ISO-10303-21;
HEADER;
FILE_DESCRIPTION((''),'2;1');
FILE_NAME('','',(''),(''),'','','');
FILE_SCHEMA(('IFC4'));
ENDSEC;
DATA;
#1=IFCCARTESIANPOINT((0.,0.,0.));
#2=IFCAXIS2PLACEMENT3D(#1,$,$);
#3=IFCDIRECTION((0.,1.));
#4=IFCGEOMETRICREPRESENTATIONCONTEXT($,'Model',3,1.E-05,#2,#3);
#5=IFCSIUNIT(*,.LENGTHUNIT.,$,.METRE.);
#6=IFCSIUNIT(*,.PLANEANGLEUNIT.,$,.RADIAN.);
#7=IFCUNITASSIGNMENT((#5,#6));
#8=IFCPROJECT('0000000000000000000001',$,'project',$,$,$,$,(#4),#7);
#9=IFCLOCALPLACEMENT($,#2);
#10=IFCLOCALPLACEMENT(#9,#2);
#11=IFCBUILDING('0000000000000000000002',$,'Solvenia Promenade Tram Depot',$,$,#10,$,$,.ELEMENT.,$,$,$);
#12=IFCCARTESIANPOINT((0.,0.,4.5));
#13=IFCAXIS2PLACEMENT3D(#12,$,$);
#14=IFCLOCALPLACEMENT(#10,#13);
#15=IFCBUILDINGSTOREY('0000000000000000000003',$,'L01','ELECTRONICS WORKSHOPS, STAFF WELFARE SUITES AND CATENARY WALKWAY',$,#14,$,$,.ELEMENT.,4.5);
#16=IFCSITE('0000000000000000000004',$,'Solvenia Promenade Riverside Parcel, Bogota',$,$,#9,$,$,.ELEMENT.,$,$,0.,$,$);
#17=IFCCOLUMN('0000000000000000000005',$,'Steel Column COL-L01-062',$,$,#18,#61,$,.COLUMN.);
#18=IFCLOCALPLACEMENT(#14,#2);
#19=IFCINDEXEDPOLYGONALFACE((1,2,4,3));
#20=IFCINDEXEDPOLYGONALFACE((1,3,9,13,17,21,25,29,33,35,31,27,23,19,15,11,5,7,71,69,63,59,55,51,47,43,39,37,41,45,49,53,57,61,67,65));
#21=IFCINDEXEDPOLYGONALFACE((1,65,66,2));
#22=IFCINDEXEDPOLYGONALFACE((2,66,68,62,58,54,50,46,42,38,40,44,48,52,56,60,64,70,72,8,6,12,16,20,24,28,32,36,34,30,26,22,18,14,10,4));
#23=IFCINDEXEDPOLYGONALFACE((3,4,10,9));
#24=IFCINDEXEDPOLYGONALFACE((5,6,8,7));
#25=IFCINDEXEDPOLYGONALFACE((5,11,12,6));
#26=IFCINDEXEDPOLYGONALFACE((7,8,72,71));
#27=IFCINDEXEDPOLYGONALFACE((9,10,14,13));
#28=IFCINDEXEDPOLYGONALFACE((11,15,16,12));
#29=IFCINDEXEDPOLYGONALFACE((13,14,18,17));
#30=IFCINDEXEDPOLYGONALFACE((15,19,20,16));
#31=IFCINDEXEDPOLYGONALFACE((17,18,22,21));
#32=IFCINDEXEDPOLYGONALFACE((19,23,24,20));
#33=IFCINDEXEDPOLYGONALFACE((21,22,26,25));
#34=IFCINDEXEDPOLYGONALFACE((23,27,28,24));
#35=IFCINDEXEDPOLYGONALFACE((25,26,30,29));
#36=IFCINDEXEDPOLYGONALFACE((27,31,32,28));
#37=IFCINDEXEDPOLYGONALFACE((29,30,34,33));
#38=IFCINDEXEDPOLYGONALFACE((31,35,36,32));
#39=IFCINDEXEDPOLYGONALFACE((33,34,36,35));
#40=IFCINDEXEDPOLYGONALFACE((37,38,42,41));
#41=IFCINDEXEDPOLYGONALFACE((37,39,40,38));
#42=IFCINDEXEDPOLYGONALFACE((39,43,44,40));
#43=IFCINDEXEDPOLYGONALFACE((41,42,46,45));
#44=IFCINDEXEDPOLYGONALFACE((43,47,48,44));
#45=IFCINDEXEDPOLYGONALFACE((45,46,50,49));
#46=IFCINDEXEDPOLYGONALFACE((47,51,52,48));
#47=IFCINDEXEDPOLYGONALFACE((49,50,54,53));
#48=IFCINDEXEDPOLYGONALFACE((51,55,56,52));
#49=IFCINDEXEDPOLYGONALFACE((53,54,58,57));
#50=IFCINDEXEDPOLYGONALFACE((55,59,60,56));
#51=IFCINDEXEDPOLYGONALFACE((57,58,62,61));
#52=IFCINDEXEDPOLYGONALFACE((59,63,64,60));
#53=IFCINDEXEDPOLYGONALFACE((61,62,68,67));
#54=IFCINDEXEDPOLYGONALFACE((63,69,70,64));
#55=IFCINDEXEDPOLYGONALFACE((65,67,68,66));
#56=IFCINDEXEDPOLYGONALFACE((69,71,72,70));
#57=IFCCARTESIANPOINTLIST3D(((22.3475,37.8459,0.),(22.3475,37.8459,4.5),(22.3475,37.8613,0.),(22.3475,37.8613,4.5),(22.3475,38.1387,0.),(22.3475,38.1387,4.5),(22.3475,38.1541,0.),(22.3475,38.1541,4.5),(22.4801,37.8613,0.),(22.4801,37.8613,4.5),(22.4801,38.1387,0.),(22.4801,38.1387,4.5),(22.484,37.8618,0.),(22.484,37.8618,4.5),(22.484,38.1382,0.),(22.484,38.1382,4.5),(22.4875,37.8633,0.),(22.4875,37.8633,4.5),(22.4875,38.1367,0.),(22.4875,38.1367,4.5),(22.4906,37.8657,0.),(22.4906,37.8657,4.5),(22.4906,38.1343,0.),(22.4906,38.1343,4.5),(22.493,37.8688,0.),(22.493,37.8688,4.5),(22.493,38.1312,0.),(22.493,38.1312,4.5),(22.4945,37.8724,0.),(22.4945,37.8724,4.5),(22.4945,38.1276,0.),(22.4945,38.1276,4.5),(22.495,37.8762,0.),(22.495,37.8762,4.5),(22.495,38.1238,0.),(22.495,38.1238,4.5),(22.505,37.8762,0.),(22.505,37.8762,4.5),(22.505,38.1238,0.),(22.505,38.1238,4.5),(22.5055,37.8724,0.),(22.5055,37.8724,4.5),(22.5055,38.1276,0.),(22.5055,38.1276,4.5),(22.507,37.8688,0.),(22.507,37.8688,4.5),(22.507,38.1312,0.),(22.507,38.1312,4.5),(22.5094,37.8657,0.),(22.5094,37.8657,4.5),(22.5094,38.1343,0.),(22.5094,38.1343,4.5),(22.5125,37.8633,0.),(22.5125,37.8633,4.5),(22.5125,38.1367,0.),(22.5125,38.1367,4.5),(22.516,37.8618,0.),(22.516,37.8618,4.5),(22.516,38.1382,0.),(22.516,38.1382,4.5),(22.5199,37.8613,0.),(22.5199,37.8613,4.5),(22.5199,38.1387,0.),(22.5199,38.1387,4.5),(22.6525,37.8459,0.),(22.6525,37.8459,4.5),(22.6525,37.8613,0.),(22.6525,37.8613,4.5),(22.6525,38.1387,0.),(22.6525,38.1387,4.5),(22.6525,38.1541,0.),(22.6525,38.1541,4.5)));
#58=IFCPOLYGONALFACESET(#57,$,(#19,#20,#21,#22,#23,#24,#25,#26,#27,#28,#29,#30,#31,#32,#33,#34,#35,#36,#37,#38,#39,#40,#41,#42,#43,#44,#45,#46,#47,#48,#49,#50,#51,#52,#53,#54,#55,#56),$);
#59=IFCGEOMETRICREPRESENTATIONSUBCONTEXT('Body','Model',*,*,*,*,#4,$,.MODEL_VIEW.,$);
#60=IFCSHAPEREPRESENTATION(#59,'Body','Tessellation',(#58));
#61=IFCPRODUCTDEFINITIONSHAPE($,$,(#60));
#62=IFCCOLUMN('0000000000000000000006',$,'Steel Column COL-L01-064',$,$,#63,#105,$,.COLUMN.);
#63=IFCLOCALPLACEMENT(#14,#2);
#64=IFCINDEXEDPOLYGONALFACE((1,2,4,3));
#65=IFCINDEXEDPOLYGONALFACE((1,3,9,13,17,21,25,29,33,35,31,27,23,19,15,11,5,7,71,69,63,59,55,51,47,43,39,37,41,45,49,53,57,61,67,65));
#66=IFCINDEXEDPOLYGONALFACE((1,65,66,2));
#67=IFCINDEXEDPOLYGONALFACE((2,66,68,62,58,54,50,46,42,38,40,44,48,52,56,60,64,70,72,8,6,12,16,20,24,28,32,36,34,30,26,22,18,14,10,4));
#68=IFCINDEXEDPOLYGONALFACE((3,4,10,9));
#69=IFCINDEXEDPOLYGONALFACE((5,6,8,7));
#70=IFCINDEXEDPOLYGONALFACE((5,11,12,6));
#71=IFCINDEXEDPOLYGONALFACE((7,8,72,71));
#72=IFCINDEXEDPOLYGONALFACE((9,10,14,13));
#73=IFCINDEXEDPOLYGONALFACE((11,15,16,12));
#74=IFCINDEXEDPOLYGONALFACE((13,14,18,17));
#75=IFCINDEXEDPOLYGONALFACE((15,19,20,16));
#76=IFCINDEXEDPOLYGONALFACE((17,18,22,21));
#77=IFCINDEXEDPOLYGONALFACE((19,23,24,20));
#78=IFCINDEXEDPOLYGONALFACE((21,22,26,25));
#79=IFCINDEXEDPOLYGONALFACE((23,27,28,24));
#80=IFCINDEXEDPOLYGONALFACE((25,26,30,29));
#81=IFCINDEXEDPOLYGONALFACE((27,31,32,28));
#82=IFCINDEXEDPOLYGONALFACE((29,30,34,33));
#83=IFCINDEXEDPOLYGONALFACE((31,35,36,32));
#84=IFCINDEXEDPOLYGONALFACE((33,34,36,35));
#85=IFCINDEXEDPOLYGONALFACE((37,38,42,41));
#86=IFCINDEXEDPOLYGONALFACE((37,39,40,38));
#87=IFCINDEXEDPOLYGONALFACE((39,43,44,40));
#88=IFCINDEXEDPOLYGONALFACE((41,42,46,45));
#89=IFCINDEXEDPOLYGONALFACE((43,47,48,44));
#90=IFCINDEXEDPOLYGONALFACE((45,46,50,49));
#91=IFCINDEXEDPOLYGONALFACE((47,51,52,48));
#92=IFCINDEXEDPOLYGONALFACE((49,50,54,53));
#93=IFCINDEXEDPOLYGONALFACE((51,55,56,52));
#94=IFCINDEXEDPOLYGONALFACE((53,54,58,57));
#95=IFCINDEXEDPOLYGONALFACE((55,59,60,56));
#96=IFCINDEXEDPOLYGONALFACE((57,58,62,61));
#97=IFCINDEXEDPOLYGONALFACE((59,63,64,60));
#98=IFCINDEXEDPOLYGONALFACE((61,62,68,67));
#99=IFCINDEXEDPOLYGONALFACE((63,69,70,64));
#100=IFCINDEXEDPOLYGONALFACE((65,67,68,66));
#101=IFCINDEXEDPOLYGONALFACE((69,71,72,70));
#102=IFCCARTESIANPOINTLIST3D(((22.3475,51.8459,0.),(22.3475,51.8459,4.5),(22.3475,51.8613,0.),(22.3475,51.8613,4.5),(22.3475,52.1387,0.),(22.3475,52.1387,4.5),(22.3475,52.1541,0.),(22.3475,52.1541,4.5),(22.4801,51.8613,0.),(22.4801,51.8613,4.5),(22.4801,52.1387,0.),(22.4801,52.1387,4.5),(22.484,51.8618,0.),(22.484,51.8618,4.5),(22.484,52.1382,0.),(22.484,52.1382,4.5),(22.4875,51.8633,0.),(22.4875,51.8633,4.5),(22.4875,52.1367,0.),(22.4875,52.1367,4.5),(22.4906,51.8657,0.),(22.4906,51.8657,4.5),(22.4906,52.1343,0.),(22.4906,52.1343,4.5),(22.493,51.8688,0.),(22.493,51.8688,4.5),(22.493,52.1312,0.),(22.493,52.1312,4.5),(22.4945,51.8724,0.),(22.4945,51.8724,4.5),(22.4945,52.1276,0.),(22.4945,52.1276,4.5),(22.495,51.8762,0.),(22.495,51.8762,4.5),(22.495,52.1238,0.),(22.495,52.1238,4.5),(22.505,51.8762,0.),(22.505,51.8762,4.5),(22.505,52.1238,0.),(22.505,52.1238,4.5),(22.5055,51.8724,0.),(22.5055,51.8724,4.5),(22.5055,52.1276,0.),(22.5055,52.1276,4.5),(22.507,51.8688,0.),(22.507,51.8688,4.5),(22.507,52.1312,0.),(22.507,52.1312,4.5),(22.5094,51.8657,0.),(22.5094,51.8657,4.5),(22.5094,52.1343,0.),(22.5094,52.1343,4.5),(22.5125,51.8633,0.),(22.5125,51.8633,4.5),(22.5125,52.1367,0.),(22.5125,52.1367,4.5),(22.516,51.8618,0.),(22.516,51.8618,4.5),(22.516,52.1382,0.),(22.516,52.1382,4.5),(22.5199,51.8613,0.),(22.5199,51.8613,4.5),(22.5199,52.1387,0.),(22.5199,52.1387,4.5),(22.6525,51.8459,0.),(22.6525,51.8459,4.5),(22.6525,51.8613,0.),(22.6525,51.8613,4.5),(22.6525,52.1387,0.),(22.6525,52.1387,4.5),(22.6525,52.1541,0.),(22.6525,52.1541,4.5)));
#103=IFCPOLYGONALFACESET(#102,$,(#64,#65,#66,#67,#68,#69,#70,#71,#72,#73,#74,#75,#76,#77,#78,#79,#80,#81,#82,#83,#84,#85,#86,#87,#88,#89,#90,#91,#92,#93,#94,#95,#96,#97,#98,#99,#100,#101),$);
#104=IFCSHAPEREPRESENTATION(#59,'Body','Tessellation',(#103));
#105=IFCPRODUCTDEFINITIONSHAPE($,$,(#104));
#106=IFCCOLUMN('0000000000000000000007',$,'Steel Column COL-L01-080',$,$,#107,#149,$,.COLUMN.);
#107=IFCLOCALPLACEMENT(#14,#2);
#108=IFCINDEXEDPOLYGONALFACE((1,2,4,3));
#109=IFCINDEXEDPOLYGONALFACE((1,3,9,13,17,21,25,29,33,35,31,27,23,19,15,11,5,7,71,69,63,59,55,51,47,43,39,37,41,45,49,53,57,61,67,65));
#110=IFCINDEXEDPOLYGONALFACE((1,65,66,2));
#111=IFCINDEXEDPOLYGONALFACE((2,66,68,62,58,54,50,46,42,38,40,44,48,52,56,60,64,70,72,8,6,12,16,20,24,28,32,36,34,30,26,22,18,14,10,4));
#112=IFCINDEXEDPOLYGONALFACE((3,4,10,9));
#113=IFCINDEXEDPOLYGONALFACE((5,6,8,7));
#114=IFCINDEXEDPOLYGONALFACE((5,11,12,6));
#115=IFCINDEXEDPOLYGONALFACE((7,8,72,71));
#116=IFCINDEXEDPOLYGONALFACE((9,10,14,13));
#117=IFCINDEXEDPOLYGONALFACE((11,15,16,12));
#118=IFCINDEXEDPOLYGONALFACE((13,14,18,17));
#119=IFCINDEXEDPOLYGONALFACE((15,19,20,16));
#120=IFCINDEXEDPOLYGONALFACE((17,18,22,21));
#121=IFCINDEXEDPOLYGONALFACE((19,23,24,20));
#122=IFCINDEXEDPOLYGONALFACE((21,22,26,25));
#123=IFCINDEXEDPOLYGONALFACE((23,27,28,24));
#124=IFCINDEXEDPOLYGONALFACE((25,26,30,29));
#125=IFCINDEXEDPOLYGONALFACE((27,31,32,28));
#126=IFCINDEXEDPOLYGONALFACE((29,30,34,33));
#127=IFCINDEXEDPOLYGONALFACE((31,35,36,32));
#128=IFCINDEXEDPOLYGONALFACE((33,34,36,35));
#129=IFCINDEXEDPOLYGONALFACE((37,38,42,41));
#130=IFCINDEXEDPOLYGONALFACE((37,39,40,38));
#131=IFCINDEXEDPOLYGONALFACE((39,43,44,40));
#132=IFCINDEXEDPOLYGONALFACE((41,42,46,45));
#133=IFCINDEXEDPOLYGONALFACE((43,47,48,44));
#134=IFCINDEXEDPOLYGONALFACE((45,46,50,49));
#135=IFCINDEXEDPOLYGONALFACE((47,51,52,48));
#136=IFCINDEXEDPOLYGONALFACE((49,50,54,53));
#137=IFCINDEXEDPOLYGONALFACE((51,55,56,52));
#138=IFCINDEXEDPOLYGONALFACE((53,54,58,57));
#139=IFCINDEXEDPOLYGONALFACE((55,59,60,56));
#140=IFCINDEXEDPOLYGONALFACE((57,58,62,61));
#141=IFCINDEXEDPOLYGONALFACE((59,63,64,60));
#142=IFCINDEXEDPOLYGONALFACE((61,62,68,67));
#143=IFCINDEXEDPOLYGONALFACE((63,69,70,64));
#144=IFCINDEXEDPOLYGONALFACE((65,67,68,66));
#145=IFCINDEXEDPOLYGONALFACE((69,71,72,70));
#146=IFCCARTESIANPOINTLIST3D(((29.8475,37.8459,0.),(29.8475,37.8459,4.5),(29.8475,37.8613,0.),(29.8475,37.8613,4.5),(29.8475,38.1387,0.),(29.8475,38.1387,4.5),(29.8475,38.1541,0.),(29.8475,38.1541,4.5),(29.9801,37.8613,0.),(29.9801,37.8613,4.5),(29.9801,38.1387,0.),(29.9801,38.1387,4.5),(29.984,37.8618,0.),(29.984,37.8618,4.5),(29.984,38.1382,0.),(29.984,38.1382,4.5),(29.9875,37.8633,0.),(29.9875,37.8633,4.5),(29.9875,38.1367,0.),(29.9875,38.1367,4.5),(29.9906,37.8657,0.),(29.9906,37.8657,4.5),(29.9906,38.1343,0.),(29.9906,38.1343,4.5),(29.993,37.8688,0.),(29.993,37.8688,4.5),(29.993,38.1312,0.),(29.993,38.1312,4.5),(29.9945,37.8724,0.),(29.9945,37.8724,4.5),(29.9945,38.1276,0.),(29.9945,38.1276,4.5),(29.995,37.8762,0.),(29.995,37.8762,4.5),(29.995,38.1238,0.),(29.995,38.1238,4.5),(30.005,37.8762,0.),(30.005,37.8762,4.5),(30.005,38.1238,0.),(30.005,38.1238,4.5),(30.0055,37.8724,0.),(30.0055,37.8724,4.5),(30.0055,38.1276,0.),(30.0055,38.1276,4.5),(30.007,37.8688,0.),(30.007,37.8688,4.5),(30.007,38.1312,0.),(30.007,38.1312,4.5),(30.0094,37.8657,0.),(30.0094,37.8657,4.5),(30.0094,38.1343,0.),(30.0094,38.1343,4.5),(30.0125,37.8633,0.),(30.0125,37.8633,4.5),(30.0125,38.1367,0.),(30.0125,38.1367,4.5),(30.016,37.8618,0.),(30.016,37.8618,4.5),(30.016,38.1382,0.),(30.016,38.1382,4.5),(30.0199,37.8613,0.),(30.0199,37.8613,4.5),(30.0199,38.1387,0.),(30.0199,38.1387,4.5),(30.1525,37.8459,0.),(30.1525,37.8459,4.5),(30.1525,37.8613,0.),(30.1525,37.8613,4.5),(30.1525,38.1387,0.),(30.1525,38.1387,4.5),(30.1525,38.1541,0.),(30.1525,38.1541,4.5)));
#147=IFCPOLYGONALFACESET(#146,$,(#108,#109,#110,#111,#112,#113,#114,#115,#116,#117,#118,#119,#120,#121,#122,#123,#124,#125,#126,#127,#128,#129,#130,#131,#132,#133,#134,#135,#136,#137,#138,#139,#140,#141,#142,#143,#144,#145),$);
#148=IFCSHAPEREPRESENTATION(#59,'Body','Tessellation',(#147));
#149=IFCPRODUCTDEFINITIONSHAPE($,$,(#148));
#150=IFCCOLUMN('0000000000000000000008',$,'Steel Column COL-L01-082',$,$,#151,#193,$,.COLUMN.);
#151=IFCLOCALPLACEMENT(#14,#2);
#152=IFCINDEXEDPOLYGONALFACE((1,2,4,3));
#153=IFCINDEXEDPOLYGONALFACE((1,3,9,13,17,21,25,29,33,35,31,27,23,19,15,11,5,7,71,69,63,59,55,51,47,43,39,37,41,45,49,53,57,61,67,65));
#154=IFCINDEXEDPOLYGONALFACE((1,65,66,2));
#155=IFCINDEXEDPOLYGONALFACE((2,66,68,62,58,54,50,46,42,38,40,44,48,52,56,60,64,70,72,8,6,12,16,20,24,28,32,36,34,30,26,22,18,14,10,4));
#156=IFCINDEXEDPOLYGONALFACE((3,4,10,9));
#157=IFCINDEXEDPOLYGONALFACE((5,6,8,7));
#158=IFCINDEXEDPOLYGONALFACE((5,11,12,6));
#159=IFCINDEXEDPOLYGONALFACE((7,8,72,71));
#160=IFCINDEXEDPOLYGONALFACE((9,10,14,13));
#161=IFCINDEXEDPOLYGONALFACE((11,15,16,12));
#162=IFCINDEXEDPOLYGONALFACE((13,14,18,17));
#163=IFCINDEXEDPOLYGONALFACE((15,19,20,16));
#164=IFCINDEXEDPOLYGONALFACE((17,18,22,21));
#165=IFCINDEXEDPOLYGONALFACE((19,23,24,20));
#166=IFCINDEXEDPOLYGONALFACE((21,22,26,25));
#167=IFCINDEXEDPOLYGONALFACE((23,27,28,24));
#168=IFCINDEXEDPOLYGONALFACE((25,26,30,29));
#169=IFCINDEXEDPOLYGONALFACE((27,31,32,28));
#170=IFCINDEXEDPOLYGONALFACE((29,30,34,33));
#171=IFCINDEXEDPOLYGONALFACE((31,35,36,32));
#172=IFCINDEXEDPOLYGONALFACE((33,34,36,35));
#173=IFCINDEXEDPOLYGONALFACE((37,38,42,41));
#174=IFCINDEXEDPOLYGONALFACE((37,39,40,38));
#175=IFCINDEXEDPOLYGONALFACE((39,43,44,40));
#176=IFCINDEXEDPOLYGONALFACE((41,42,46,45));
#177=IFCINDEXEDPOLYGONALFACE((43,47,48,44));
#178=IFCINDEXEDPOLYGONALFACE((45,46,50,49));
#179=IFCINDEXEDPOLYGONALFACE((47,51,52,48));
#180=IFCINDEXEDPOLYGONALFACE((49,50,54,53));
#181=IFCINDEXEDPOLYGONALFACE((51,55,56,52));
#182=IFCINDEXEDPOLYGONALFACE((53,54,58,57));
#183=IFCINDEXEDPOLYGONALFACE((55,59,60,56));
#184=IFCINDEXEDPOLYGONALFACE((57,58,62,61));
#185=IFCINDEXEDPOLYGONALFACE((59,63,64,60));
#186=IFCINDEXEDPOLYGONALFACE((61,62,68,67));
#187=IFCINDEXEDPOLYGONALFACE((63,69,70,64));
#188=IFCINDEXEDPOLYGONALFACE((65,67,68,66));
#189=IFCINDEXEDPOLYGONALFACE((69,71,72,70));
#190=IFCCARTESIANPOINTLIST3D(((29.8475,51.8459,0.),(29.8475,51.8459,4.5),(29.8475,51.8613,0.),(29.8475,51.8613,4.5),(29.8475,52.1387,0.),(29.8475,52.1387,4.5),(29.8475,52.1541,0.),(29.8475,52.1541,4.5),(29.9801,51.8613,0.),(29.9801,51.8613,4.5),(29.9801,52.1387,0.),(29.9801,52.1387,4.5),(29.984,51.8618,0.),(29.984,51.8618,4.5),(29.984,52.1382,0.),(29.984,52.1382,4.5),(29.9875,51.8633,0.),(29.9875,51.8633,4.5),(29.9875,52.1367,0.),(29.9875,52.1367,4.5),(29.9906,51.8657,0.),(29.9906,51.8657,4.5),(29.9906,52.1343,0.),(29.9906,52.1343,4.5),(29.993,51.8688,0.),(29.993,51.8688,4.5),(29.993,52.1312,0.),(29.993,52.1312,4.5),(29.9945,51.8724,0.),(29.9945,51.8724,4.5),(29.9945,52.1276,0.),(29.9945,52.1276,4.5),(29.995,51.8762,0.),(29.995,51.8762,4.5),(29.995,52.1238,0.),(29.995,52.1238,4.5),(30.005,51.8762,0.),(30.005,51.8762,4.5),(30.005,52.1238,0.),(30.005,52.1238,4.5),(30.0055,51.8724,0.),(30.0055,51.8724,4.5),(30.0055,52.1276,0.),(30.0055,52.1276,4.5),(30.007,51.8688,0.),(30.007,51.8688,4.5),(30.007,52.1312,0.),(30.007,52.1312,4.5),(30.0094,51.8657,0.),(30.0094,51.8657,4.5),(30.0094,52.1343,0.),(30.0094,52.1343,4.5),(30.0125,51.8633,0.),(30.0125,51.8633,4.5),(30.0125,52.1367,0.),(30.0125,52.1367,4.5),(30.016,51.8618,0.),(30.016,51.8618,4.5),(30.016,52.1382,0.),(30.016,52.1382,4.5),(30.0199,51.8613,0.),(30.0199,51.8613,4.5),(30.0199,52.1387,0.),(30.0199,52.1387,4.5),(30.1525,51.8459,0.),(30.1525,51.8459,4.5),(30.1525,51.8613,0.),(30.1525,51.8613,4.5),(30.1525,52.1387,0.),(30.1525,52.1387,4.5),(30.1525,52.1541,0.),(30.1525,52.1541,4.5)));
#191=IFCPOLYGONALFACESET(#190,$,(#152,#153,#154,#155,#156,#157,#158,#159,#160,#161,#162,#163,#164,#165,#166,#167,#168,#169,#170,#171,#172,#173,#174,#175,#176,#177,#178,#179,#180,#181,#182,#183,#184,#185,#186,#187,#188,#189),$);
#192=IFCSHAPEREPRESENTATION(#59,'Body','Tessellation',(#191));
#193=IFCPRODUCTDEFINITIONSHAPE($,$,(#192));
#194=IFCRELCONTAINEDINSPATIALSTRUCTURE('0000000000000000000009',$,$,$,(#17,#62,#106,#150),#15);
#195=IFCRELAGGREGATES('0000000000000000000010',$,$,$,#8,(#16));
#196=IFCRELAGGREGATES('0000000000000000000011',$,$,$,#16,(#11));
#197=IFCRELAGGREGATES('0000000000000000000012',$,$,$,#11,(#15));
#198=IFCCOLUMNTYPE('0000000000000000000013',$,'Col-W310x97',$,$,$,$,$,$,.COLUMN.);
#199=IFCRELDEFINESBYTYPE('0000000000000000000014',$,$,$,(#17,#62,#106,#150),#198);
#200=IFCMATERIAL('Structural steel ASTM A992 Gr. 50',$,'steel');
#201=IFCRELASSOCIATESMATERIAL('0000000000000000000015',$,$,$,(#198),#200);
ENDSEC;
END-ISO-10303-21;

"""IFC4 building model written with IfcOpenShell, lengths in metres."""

from ifc_helpers import new_model, si_unit, direction, frame, origin, origin_2d, place, context, subcontext, project, spatial, i_section, extrude, material, material_profile, profile_set, type_object, element, save


model = new_model("IFC4")

# Units and contexts
model_context = context("Model", 3, precision=1e-05, world=origin(), true_north=direction((0.0, 1.0)))
body_context = subcontext(model_context, "Body", "Model", "MODEL_VIEW")
ifc_project = project(units=[si_unit("LENGTHUNIT", "METRE"), si_unit("PLANEANGLEUNIT", "RADIAN")], contexts=[model_context])

# Site, building, storey
site_placement = place(None, origin())
site = spatial("IfcSite", under=ifc_project, at=site_placement, Name="Solvenia Promenade Riverside Parcel, Bogota", CompositionType="ELEMENT", RefElevation=0.0)
building_placement = place(site_placement, origin())
building = spatial("IfcBuilding", under=site, at=building_placement, Name="Solvenia Promenade Tram Depot", CompositionType="ELEMENT")
storey_placement = place(building_placement, frame((0.0, 0.0, 4.5)))
storey = spatial("IfcBuildingStorey", under=building, at=storey_placement, Name="L01", Description="ELECTRONICS WORKSHOPS, STAFF WELFARE SUITES AND CATENARY WALKWAY", CompositionType="ELEMENT", Elevation=4.5)

# Columns
ifc_material_1 = material(Name="Structural steel ASTM A992 Gr. 50", Category="steel")
ifc_material_profile_1 = material_profile(ifc_material_1, i_section(OverallWidth=0.3049, OverallDepth=0.3081, WebThickness=0.01, FlangeThickness=0.0154, FilletRadius=0.0149, at=origin_2d()), Name="W310x97", Category="steel")
ifc_profile_set_1 = profile_set([ifc_material_profile_1], Name="Structural steel ASTM A992 Gr. 50")
column_type = type_object("IfcColumnType", Name="Col-W310x97", PredefinedType="COLUMN", material=ifc_profile_set_1)
for number, where, z_axis, x_axis, name in (
    (1, (22.5, 38.0, 0.0), (0.0, 0.0, 1.0), (1.0, 0.0, 0.0), "Steel Column COL-L01-062"),
    (2, (22.5, 52.0, 0.0), (0.0, 0.0, 1.0), (1.0, 0.0, 0.0), "Steel Column COL-L01-064"),
    (3, (30.0, 38.0, 0.0), (0.0, 0.0, 1.0), (1.0, 0.0, 0.0), "Steel Column COL-L01-080"),
    (4, (30.0, 52.0, 0.0), (0.0, 0.0, 1.0), (1.0, 0.0, 0.0), "Steel Column COL-L01-082"),
):
    element("IfcColumn", number, at=place(storey_placement, frame(where, z_axis=z_axis, x_axis=x_axis)), inside=storey, type_object=column_type, Name=name, PredefinedType="COLUMN", context=body_context, shape_type="SweptSolid", body=[
        extrude(i_section(OverallWidth=0.3049, OverallDepth=0.3081, WebThickness=0.01, FlangeThickness=0.0154, FilletRadius=0.0149, at=origin_2d()), origin(), (0.0, 0.0, 1.0), 4.5),
    ])

save(model, "model.ifc")
